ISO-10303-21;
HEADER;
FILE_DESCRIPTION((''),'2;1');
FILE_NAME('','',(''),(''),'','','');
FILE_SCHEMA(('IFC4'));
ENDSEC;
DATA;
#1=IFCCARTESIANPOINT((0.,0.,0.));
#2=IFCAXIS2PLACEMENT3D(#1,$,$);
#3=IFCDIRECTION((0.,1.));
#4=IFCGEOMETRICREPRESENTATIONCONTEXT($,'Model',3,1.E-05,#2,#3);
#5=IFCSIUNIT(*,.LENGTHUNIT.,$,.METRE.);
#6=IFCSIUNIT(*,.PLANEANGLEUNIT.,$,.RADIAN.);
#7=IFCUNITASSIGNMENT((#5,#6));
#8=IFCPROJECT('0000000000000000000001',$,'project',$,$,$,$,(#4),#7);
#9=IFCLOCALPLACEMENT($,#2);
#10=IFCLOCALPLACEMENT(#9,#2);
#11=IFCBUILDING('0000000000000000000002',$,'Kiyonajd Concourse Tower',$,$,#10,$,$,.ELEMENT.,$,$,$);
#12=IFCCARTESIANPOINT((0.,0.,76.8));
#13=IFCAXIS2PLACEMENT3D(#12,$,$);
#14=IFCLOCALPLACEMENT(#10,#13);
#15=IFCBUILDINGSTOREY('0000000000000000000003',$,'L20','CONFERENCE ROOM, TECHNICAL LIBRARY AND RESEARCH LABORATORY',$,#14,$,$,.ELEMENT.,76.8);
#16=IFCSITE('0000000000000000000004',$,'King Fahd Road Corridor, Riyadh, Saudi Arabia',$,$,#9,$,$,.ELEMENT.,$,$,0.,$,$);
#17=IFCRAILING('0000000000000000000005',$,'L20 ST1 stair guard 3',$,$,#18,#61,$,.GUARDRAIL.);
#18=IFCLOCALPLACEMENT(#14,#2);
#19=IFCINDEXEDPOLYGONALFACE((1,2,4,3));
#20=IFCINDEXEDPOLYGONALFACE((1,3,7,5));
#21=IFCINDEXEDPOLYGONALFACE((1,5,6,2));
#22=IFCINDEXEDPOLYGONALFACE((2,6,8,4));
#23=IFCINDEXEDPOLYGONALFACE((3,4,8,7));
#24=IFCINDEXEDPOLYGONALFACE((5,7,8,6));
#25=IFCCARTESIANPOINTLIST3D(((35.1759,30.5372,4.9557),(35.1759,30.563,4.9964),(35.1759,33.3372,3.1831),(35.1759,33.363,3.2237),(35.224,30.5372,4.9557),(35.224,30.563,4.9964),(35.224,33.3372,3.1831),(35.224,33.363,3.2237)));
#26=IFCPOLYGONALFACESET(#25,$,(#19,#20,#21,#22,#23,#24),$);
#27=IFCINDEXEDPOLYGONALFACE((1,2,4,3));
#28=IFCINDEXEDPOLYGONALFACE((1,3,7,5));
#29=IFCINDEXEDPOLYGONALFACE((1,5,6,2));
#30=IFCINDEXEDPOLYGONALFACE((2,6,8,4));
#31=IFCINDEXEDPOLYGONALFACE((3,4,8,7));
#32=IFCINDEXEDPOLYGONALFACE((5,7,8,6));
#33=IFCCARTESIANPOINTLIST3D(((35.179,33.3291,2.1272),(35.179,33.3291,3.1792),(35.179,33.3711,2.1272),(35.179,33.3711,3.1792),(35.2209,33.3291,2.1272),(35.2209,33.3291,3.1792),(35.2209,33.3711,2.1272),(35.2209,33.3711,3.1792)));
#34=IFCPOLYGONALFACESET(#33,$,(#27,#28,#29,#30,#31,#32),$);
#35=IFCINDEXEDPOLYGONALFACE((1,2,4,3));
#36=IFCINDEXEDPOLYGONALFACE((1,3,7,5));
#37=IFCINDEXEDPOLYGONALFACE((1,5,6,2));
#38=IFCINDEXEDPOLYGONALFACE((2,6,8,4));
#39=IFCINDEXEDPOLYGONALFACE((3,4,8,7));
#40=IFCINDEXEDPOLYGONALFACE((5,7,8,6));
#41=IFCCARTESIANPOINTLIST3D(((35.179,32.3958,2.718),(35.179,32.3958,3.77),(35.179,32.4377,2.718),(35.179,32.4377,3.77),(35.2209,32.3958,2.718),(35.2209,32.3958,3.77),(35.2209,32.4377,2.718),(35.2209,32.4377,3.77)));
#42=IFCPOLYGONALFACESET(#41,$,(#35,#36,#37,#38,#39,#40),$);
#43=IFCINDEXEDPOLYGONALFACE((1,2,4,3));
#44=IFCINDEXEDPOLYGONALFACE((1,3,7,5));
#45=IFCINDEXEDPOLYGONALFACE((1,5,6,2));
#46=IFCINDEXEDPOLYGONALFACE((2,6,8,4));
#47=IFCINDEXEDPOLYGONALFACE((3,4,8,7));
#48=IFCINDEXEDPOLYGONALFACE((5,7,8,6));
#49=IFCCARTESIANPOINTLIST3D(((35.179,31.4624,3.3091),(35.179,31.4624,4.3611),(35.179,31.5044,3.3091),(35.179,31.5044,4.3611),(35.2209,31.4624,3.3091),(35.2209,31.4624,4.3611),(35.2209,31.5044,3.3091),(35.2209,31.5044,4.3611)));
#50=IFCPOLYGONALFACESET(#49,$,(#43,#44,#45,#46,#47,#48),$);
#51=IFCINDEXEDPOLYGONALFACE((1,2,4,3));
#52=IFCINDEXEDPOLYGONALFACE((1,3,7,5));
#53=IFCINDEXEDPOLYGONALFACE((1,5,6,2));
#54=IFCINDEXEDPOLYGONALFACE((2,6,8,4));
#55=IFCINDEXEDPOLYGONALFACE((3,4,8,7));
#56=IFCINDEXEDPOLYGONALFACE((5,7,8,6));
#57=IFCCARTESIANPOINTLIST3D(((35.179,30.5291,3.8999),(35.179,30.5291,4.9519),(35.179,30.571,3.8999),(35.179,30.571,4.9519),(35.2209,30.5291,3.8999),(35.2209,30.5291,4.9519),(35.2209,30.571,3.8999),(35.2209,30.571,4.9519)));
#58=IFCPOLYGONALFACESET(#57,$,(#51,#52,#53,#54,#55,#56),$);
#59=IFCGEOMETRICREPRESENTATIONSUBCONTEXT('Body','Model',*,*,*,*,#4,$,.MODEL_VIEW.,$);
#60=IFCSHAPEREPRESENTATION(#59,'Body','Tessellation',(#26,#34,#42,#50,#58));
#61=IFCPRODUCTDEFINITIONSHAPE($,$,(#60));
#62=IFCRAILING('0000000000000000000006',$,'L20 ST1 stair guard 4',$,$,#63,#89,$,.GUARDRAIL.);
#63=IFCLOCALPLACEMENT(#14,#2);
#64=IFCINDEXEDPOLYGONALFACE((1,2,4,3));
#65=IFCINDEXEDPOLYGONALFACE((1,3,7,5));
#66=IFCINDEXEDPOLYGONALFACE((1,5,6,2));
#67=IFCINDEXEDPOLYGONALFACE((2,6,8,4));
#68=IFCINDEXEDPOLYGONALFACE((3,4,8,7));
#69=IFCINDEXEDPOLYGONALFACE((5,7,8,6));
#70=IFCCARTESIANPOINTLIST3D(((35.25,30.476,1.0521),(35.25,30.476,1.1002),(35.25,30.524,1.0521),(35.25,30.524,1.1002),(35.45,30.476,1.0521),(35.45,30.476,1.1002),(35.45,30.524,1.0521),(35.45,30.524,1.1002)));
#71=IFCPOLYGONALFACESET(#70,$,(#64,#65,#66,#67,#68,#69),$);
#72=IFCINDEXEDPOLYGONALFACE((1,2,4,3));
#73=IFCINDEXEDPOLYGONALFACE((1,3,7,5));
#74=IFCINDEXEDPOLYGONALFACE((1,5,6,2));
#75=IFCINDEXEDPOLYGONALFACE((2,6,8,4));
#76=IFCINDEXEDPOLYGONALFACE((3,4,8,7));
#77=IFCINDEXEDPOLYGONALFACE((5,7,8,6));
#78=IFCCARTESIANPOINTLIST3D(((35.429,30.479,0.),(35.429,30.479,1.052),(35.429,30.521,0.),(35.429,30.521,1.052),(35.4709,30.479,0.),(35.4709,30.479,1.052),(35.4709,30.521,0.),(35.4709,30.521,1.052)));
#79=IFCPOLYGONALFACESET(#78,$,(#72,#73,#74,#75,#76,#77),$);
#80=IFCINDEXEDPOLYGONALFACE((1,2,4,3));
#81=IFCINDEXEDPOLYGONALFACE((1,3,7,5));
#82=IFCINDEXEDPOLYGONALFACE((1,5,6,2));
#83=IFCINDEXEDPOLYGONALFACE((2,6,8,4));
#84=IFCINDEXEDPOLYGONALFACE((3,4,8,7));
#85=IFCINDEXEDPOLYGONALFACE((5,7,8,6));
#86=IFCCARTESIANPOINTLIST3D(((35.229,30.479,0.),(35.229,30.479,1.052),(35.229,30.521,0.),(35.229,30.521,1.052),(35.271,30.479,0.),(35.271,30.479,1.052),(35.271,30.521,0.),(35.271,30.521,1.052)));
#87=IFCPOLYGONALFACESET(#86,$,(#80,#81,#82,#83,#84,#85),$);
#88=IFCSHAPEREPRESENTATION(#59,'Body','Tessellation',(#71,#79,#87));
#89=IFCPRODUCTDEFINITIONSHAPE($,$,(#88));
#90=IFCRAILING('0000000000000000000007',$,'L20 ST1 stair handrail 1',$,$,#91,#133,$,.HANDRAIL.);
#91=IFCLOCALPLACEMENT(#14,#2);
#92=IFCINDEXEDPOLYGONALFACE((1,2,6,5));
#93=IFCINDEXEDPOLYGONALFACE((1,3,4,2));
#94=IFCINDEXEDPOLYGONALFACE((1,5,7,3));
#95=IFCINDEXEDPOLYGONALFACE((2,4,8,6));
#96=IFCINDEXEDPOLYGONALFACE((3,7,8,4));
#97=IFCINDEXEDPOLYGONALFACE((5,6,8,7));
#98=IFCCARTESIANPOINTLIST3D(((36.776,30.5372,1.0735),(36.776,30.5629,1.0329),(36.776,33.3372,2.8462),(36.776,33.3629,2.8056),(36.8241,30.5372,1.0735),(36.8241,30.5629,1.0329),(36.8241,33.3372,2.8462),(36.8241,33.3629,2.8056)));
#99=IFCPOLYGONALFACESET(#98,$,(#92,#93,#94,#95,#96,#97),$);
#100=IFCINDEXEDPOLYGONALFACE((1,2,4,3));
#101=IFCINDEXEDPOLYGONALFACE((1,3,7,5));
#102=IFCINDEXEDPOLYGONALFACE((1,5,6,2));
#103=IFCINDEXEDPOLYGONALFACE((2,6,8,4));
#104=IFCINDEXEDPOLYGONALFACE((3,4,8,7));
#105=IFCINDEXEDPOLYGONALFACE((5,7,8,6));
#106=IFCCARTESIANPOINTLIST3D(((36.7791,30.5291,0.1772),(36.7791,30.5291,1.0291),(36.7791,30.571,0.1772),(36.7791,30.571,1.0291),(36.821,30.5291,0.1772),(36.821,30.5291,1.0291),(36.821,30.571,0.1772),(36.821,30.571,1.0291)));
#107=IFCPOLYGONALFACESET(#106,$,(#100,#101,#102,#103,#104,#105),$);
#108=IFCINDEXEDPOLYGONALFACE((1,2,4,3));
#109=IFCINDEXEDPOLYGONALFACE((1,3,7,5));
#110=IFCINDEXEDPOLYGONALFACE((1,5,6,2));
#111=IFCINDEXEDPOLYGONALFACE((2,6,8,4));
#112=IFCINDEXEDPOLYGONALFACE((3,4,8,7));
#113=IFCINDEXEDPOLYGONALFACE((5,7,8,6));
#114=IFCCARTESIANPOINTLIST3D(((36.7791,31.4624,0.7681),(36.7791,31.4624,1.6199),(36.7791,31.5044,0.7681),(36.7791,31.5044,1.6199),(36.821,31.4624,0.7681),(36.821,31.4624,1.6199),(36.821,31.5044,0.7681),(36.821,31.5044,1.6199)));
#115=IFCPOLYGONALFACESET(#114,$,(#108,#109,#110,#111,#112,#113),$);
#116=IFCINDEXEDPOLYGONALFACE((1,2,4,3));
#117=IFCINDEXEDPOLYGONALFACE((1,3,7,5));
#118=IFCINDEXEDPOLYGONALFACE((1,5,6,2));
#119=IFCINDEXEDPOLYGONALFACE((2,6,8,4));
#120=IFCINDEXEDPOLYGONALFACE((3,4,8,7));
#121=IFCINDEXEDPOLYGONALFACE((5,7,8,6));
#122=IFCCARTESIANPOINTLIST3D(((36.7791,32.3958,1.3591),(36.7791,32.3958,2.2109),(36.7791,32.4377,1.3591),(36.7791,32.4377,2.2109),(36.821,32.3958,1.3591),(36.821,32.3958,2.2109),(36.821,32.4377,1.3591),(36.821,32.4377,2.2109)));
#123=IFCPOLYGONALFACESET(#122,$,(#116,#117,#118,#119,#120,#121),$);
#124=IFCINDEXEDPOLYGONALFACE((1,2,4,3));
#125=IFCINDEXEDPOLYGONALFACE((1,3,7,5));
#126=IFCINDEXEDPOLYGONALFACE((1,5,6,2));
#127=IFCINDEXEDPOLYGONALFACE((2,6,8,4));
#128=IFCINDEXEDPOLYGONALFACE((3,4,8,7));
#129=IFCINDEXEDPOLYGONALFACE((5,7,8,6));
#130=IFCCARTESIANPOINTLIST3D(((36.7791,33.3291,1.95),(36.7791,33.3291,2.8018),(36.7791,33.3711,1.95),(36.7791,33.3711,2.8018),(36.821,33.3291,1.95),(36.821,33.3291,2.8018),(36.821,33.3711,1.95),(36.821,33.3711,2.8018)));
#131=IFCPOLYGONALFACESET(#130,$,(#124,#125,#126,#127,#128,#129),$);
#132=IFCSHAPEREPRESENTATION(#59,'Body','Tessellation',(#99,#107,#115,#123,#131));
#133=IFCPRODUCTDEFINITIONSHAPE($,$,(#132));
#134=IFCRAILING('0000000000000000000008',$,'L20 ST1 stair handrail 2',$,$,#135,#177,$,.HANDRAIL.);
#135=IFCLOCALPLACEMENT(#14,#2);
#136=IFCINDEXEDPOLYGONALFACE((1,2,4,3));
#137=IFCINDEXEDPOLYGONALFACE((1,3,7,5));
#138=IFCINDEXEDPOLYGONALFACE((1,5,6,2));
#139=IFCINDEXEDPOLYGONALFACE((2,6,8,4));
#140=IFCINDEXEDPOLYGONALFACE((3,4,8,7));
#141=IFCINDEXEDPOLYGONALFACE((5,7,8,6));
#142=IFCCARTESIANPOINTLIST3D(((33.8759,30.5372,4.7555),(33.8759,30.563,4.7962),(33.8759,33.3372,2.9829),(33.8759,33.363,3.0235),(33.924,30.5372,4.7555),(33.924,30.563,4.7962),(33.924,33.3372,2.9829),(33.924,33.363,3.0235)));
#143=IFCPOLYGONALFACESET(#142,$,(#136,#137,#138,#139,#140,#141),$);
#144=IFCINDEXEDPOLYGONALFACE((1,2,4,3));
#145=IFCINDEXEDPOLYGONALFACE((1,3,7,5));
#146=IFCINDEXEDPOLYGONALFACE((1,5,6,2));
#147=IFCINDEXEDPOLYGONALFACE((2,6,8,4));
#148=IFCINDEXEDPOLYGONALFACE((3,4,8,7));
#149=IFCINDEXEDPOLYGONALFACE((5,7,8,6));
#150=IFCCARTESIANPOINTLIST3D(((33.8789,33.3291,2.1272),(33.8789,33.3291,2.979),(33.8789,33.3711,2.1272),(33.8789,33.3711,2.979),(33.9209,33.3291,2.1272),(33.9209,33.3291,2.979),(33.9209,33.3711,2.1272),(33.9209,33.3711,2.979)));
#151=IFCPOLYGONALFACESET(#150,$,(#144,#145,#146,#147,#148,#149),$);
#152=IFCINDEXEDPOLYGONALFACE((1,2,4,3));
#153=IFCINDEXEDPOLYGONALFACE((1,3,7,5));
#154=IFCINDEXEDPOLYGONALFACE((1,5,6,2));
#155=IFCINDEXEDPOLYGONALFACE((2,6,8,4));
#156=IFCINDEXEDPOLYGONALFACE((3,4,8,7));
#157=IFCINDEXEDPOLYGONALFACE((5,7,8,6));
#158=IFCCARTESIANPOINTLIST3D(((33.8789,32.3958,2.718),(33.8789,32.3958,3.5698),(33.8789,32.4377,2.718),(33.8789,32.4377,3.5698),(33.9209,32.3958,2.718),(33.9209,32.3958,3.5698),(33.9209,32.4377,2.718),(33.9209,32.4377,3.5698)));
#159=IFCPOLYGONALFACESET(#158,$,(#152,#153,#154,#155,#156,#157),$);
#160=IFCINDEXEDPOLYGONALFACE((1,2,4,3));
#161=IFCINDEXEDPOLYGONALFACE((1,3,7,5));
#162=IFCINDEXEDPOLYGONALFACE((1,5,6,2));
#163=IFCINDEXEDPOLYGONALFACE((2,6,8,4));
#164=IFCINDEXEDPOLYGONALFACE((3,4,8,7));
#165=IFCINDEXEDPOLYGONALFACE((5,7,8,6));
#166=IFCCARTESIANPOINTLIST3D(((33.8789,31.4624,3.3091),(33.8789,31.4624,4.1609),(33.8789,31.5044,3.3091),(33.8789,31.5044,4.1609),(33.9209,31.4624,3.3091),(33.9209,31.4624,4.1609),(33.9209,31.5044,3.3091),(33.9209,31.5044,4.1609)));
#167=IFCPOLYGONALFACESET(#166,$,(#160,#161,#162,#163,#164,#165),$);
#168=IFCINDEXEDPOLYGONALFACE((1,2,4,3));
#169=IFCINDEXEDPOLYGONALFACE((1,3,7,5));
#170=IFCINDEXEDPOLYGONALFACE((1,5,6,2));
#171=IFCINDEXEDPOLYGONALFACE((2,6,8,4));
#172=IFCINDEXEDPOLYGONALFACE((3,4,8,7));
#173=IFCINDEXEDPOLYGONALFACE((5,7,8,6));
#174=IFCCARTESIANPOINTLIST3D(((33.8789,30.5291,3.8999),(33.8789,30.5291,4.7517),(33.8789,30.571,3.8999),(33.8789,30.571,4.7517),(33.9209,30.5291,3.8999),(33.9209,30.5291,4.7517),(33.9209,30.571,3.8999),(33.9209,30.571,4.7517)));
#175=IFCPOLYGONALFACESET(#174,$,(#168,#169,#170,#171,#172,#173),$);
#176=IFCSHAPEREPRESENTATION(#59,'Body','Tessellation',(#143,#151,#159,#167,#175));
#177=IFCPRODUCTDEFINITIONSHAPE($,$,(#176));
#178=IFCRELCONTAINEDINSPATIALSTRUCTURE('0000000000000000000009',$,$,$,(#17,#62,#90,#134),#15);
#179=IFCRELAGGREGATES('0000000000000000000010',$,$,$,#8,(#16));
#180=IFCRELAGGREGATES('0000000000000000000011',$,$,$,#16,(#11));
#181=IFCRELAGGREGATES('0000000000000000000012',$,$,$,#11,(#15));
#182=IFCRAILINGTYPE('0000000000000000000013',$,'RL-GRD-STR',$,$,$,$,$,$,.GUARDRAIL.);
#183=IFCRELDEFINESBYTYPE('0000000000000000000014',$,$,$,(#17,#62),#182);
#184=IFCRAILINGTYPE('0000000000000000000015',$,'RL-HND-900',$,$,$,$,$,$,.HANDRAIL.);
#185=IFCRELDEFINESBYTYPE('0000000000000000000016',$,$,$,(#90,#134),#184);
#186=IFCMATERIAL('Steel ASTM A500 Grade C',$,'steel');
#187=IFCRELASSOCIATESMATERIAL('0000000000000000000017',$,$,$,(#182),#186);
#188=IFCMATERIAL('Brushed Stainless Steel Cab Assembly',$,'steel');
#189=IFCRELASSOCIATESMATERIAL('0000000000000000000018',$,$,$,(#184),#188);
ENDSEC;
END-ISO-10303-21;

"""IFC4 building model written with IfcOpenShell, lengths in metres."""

from ifc_helpers import new_model, si_unit, direction, frame, origin, origin_2d, place, context, subcontext, project, spatial, rectangle, extrude, material, type_object, element, save


model = new_model("IFC4")

# Units and contexts
model_context = context("Model", 3, precision=1e-05, world=origin(), true_north=direction((0.0, 1.0)))
body_context = subcontext(model_context, "Body", "Model", "MODEL_VIEW")
ifc_project = project(units=[si_unit("LENGTHUNIT", "METRE"), si_unit("PLANEANGLEUNIT", "RADIAN")], contexts=[model_context])

# Site, building, storey
site_placement = place(None, origin())
site = spatial("IfcSite", under=ifc_project, at=site_placement, Name="King Fahd Road Corridor, Riyadh, Saudi Arabia", CompositionType="ELEMENT", RefElevation=0.0)
building_placement = place(site_placement, origin())
building = spatial("IfcBuilding", under=site, at=building_placement, Name="Kiyonajd Concourse Tower", CompositionType="ELEMENT")
storey_placement = place(building_placement, frame((0.0, 0.0, 76.8)))
storey = spatial("IfcBuildingStorey", under=building, at=storey_placement, Name="L20", Description="CONFERENCE ROOM, TECHNICAL LIBRARY AND RESEARCH LABORATORY", CompositionType="ELEMENT", Elevation=76.8)

# Shared definitions
ifc_material_1 = material(Name="Brushed Stainless Steel Cab Assembly", Category="steel")

# Railings
ifc_material_2 = material(Name="Steel ASTM A500 Grade C", Category="steel")
railing_type_1 = type_object("IfcRailingType", Name="RL-GRD-STR", PredefinedType="GUARDRAIL", material=ifc_material_2)
railing_1_placement = place(storey_placement, frame((35.2, 33.3501, 2.1272)))
element("IfcRailing", 1, at=railing_1_placement, inside=storey, type_object=railing_type_1, Name="L20 ST1 stair guard 3", PredefinedType="GUARDRAIL", context=body_context, shape_type="SweptSolid", body=[
    extrude(rectangle(XDim=0.0481, YDim=0.0481, at=origin_2d()), frame((0.0, 0.0, 1.0762), z_axis=(0.0, -0.844909, 0.53491), x_axis=(1.0, 0.0, 0.0)), (0.0, 0.0, 1.0), 3.314),
    extrude(rectangle(XDim=0.042, YDim=0.042, at=origin_2d()), origin(), (0.0, 0.0, 1.0), 1.052),
    extrude(rectangle(XDim=0.042, YDim=0.042, at=origin_2d()), frame((0.0, -0.9333, 0.5908)), (0.0, 0.0, 1.0), 1.052),
    extrude(rectangle(XDim=0.042, YDim=0.042, at=origin_2d()), frame((0.0, -1.8667, 1.1819)), (0.0, 0.0, 1.0), 1.052),
    extrude(rectangle(XDim=0.042, YDim=0.042, at=origin_2d()), frame((0.0, -2.8, 1.7727)), (0.0, 0.0, 1.0), 1.052),
])
railing_2_placement = place(storey_placement, frame((35.45, 30.5, 0.0)))
element("IfcRailing", 2, at=railing_2_placement, inside=storey, type_object=railing_type_1, Name="L20 ST1 stair guard 4", PredefinedType="GUARDRAIL", context=body_context, shape_type="SweptSolid", body=[
    extrude(rectangle(XDim=0.0481, YDim=0.0481, at=origin_2d()), frame((0.0, 0.0, 1.0762), z_axis=(-1.0, 0.0, 0.0), x_axis=(0.0, -1.0, 0.0)), (0.0, 0.0, 1.0), 0.2),
    extrude(rectangle(XDim=0.042, YDim=0.042, at=origin_2d()), origin(), (0.0, 0.0, 1.0), 1.052),
    extrude(rectangle(XDim=0.042, YDim=0.042, at=origin_2d()), frame((-0.2, 0.0, 0.0)), (0.0, 0.0, 1.0), 1.052),
])
railing_type_2 = type_object("IfcRailingType", Name="RL-HND-900", PredefinedType="HANDRAIL", material=ifc_material_1)
railing_3_placement = place(storey_placement, frame((36.8, 30.55, 0.1772)))
element("IfcRailing", 3, at=railing_3_placement, inside=storey, type_object=railing_type_2, Name="L20 ST1 stair handrail 1", PredefinedType="HANDRAIL", context=body_context, shape_type="SweptSolid", body=[
    extrude(rectangle(XDim=0.0481, YDim=0.0481, at=origin_2d()), frame((0.0, 0.0, 0.876), z_axis=(0.0, 0.844909, 0.53491), x_axis=(-1.0, 0.0, 0.0)), (0.0, 0.0, 1.0), 3.314),
    extrude(rectangle(XDim=0.042, YDim=0.042, at=origin_2d()), origin(), (0.0, 0.0, 1.0), 0.8518),
    extrude(rectangle(XDim=0.042, YDim=0.042, at=origin_2d()), frame((0.0, 0.9333, 0.5908)), (0.0, 0.0, 1.0), 0.8518),
    extrude(rectangle(XDim=0.042, YDim=0.042, at=origin_2d()), frame((0.0, 1.8667, 1.1819)), (0.0, 0.0, 1.0), 0.8518),
    extrude(rectangle(XDim=0.042, YDim=0.042, at=origin_2d()), frame((0.0, 2.8, 1.7727)), (0.0, 0.0, 1.0), 0.8518),
])
railing_4_placement = place(storey_placement, frame((33.8999, 33.3501, 2.1272)))
element("IfcRailing", 4, at=railing_4_placement, inside=storey, type_object=railing_type_2, Name="L20 ST1 stair handrail 2", PredefinedType="HANDRAIL", context=body_context, shape_type="SweptSolid", body=[
    extrude(rectangle(XDim=0.0481, YDim=0.0481, at=origin_2d()), frame((0.0, 0.0, 0.876), z_axis=(0.0, -0.844909, 0.53491), x_axis=(1.0, 0.0, 0.0)), (0.0, 0.0, 1.0), 3.314),
    extrude(rectangle(XDim=0.042, YDim=0.042, at=origin_2d()), origin(), (0.0, 0.0, 1.0), 0.8518),
    extrude(rectangle(XDim=0.042, YDim=0.042, at=origin_2d()), frame((0.0, -0.9333, 0.5908)), (0.0, 0.0, 1.0), 0.8518),
    extrude(rectangle(XDim=0.042, YDim=0.042, at=origin_2d()), frame((0.0, -1.8667, 1.1819)), (0.0, 0.0, 1.0), 0.8518),
    extrude(rectangle(XDim=0.042, YDim=0.042, at=origin_2d()), frame((0.0, -2.8, 1.7727)), (0.0, 0.0, 1.0), 0.8518),
])

save(model, "model.ifc")
